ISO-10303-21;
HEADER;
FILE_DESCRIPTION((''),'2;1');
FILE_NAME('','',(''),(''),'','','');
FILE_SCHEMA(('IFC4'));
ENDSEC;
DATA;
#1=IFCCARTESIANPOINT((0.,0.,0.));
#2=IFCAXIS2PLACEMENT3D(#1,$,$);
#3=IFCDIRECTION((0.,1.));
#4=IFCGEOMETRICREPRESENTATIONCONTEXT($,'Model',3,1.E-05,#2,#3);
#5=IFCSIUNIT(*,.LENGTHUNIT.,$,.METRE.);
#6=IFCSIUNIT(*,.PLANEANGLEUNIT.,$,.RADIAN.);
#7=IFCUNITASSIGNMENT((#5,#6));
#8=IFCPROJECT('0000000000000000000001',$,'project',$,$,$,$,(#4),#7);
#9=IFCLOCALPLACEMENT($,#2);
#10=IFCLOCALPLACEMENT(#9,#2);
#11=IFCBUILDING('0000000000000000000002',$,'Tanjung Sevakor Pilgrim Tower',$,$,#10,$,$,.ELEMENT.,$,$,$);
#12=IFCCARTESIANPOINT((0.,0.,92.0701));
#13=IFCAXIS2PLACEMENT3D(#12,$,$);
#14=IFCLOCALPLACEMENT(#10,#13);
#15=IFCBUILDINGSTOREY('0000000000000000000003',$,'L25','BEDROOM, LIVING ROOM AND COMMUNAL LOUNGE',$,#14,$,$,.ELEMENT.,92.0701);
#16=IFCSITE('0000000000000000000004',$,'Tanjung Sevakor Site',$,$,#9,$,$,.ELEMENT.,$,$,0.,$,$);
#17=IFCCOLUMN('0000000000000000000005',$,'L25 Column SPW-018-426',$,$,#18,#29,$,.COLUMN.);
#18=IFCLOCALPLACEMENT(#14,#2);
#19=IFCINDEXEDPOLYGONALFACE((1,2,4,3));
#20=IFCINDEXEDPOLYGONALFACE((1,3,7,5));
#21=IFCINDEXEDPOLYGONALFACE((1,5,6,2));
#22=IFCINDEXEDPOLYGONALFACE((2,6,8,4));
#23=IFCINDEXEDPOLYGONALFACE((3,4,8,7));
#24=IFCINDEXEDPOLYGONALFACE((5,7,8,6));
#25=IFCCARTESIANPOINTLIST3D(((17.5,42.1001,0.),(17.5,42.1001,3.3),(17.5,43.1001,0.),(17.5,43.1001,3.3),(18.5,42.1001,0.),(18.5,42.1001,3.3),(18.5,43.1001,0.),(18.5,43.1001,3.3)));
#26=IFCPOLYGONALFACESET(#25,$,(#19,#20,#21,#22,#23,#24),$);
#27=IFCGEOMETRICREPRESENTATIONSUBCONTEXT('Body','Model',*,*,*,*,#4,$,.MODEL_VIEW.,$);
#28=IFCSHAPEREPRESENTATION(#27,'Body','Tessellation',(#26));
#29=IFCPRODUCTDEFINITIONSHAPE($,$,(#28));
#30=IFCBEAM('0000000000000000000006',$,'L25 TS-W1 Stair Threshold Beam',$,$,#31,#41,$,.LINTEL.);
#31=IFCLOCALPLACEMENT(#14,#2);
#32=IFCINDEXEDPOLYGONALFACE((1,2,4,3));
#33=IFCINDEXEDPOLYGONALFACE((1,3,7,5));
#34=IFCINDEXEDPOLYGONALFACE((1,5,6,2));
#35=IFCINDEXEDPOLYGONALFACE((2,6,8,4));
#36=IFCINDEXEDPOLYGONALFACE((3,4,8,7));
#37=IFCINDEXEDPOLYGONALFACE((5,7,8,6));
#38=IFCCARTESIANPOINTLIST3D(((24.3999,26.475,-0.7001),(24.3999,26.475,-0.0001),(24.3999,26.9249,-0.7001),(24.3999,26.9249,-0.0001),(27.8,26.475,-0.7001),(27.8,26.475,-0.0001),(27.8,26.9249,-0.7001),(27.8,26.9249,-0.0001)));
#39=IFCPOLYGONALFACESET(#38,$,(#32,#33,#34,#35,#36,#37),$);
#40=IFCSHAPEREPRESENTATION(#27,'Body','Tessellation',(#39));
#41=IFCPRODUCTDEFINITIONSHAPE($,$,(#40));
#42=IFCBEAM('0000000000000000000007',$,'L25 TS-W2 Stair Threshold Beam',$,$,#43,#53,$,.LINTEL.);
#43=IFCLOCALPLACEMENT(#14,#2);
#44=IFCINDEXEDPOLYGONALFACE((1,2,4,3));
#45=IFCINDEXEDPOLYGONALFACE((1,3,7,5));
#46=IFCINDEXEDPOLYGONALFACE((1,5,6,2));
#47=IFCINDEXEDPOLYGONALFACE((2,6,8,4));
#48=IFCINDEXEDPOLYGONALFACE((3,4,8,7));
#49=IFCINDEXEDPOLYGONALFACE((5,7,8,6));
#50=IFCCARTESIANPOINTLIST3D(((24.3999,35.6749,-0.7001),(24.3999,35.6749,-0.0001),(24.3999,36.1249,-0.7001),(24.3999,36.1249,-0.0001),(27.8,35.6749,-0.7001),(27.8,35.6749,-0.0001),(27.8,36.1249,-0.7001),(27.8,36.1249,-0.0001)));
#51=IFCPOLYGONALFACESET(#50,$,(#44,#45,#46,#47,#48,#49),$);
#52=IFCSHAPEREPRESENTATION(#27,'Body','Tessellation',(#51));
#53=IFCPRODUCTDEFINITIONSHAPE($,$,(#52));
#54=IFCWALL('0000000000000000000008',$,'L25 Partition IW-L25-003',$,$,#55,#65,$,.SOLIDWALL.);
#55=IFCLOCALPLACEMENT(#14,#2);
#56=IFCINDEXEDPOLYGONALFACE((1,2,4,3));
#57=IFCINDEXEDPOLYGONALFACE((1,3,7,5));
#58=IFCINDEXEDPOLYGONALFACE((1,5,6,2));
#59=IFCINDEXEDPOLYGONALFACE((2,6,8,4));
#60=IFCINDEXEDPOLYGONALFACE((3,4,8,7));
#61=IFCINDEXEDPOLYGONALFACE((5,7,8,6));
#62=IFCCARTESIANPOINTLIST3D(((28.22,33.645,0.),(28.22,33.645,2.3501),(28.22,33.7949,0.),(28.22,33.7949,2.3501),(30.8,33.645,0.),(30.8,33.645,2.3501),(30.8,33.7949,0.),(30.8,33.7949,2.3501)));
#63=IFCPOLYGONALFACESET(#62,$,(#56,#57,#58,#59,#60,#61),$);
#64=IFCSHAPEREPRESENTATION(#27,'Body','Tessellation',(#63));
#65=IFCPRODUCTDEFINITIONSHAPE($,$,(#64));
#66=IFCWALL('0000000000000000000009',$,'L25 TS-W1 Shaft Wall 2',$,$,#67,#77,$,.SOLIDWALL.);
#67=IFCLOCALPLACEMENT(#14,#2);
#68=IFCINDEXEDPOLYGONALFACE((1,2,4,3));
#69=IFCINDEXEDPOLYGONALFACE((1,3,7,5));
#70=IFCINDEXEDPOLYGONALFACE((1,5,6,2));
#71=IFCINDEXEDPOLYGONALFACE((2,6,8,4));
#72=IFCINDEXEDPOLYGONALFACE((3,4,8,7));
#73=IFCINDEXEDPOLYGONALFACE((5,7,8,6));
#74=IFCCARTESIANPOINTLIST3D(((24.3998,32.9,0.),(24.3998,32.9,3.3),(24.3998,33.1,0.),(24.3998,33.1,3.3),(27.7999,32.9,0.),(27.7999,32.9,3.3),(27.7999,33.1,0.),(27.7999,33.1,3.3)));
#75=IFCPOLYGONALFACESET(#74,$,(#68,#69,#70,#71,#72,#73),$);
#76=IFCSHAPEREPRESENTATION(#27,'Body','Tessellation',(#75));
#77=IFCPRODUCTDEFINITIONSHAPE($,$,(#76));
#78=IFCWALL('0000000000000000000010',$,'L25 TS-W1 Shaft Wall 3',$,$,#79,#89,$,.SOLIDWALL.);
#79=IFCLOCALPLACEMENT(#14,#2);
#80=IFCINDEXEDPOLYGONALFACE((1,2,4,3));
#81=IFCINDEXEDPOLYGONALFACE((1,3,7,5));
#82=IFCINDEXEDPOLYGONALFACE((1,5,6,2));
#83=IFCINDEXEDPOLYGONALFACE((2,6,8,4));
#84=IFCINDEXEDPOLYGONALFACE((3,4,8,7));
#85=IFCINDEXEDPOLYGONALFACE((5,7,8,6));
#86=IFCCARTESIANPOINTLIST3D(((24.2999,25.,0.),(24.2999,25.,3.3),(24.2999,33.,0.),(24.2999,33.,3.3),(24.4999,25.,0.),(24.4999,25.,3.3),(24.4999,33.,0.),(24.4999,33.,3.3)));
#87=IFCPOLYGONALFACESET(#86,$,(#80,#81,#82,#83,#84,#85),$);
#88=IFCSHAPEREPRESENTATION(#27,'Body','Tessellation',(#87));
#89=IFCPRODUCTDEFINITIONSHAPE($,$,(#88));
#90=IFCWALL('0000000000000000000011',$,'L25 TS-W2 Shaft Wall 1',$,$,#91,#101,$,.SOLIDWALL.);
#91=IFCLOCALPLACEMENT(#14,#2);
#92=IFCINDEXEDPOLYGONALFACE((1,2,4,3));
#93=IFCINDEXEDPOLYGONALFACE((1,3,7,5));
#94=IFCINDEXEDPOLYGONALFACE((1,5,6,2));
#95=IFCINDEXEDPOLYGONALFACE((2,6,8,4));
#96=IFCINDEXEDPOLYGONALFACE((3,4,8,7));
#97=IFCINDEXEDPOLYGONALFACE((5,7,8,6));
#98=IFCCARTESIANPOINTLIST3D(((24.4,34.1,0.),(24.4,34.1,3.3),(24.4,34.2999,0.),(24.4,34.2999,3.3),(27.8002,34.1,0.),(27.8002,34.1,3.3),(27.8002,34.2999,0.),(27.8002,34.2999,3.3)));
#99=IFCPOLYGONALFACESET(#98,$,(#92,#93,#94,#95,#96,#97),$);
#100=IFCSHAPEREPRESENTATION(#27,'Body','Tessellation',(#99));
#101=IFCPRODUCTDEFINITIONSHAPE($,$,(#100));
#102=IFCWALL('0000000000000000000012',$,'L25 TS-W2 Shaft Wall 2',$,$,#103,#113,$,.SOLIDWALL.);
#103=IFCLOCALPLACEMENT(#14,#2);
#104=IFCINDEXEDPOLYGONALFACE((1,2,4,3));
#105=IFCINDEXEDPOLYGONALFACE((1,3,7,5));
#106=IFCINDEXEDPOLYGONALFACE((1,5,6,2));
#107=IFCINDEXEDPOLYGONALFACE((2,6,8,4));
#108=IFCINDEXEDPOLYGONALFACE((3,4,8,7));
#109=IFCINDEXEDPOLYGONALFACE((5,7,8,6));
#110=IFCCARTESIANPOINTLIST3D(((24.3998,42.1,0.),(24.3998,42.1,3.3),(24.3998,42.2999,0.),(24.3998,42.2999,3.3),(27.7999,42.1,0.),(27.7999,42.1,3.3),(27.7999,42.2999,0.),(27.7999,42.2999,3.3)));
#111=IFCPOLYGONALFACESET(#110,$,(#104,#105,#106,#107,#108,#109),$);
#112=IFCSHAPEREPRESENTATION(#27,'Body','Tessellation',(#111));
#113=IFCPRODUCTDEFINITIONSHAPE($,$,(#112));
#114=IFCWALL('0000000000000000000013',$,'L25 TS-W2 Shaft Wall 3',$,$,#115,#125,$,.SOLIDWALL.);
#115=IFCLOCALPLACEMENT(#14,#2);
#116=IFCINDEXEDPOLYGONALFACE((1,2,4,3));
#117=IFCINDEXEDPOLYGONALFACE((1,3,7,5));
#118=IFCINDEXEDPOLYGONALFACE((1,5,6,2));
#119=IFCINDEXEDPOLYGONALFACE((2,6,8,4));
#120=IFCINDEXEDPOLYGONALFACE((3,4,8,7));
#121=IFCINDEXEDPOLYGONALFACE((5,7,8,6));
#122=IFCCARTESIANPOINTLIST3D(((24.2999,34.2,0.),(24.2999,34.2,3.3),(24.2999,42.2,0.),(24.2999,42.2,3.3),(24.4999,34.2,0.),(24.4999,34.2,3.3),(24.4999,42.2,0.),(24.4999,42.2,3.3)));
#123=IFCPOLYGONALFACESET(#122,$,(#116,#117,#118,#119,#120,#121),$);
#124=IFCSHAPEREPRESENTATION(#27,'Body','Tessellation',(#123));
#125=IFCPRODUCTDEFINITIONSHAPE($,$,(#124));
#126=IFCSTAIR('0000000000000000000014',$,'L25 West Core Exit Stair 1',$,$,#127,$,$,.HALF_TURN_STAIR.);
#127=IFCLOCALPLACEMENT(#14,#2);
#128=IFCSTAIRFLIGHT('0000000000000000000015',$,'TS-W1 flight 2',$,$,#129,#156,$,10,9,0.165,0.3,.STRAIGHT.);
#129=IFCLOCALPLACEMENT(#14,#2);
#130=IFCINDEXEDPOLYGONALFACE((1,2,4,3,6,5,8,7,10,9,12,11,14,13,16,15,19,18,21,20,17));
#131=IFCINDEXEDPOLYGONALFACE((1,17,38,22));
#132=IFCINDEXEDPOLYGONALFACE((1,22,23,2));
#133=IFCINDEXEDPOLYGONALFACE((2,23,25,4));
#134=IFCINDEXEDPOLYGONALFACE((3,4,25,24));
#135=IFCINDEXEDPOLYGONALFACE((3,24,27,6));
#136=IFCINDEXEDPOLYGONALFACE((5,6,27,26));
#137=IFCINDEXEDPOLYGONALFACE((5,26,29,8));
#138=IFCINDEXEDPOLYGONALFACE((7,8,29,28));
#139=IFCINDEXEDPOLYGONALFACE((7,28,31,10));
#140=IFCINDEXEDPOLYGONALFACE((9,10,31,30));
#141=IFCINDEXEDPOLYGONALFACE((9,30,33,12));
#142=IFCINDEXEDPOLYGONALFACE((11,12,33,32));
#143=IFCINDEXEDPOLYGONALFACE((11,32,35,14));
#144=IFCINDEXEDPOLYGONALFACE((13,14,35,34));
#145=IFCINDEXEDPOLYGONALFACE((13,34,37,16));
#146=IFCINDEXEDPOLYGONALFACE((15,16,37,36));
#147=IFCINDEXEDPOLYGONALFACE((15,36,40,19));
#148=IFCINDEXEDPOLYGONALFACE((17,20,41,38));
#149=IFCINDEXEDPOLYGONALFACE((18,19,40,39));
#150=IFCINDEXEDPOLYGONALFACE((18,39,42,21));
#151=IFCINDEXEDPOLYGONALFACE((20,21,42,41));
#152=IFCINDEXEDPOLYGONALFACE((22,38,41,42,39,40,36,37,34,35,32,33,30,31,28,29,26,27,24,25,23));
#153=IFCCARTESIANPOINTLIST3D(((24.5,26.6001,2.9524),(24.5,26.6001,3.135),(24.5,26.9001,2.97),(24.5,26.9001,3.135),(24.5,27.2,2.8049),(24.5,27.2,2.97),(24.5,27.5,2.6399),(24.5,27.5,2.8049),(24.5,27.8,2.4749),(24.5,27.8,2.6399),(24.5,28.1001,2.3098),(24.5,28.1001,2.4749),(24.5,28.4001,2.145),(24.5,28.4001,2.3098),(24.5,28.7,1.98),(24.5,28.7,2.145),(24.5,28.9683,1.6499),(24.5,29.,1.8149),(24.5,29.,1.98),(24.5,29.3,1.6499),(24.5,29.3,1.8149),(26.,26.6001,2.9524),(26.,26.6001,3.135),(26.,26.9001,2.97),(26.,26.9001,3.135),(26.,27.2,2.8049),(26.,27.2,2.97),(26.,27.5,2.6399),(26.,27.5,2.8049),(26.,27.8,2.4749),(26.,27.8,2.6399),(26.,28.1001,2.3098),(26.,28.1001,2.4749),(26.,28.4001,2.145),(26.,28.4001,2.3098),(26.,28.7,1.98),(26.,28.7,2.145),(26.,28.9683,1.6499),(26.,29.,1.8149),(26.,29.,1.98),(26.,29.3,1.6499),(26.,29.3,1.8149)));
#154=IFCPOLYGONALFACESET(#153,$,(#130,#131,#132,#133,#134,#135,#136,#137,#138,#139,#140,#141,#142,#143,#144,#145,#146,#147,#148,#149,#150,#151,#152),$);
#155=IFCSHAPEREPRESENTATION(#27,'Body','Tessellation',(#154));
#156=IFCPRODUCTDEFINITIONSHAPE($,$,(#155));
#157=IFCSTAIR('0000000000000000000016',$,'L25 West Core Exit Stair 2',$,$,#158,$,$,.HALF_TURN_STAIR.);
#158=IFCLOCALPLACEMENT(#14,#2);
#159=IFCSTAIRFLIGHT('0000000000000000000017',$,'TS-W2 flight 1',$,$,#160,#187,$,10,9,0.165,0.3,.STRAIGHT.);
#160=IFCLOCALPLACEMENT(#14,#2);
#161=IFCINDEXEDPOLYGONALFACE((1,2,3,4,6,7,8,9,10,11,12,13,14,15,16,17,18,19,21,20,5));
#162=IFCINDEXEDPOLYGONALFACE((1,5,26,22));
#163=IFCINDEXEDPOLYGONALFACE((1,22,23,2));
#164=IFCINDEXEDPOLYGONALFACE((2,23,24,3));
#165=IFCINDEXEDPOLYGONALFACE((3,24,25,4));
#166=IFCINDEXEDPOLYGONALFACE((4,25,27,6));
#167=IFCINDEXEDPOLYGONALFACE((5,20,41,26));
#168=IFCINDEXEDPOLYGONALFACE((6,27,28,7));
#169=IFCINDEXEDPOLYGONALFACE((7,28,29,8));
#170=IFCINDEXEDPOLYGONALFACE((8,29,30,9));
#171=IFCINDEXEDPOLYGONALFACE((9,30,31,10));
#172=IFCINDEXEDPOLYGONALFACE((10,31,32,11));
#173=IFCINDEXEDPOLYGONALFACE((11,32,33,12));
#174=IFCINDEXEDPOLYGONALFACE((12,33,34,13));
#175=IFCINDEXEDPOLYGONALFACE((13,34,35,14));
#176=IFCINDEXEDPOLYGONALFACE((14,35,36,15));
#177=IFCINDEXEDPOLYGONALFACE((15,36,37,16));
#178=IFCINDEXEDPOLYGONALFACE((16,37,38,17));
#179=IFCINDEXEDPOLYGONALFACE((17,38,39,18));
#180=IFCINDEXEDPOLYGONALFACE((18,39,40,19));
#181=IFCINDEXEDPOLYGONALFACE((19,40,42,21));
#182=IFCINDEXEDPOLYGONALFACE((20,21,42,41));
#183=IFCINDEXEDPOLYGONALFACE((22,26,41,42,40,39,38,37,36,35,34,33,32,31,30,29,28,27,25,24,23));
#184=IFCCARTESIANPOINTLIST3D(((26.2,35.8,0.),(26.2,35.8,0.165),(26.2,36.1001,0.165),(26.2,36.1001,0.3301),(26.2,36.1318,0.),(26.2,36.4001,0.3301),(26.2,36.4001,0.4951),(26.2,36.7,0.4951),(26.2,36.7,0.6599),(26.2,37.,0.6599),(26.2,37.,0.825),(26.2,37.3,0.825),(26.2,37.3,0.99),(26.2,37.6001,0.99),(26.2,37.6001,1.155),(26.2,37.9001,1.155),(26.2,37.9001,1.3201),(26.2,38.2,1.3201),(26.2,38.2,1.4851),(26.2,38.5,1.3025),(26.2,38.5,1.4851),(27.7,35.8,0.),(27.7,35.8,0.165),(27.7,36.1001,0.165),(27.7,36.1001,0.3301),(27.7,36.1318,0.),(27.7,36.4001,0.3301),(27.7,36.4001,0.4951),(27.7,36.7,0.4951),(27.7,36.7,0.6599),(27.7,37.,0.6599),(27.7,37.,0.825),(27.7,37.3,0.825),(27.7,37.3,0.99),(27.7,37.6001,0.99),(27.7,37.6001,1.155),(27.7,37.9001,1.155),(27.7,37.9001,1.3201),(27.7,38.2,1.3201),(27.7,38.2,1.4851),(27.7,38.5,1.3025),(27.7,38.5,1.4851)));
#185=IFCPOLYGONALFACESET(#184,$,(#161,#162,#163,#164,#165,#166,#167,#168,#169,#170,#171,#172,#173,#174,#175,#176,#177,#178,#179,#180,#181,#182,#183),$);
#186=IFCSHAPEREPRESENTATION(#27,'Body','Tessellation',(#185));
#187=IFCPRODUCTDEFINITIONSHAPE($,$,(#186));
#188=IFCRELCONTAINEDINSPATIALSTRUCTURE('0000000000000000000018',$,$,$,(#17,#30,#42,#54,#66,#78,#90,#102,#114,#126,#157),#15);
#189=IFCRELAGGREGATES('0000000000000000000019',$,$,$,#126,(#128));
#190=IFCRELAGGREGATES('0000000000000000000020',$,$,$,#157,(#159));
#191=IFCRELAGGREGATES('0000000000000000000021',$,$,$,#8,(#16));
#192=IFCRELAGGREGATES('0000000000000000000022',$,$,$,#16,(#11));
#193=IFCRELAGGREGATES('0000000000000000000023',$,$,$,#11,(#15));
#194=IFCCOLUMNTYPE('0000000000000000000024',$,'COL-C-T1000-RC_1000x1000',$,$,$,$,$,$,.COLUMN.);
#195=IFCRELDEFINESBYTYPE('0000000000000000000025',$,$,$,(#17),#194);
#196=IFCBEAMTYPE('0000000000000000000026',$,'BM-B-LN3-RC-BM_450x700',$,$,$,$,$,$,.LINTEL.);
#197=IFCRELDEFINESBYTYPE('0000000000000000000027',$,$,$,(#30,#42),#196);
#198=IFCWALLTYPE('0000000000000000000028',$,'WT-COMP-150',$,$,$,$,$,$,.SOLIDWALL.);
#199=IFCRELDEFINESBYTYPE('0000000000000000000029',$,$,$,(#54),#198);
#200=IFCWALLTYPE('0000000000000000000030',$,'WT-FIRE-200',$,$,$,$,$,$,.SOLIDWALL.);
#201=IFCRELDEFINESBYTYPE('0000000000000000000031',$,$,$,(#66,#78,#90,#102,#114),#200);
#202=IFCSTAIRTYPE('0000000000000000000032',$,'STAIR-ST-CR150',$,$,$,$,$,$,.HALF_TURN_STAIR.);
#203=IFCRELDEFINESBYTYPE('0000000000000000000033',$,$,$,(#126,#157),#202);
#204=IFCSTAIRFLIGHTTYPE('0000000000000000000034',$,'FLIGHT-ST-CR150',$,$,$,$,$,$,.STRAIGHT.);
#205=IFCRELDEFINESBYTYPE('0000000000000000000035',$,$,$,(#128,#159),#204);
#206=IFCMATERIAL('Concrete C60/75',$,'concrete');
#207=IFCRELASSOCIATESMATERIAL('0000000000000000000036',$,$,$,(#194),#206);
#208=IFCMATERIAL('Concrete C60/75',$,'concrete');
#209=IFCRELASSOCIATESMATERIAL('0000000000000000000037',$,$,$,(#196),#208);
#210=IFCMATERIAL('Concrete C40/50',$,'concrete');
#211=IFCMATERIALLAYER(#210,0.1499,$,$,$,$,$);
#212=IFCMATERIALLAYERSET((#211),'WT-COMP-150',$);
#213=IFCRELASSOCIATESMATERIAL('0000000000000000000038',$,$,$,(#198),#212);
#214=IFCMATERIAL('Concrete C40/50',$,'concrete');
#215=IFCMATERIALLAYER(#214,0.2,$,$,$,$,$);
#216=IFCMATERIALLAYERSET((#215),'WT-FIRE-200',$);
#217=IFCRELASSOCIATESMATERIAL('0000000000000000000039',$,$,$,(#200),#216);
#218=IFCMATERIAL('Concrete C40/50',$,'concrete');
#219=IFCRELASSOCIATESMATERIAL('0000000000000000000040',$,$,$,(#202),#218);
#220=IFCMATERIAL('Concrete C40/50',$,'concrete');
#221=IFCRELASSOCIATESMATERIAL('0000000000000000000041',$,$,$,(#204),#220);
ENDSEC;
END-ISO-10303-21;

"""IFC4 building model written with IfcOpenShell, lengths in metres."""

from ifc_helpers import new_model, si_unit, direction, frame, frame_2d, origin, origin_2d, place, context, subcontext, project, spatial, polyline, rectangle, outline, extrude, material, layer, layer_set, material_profile, profile_set, type_object, element, aggregate, save


model = new_model("IFC4")

# Units and contexts
model_context = context("Model", 3, precision=1e-05, world=origin(), true_north=direction((0.0, 1.0)))
body_context = subcontext(model_context, "Body", "Model", "MODEL_VIEW")
ifc_project = project(units=[si_unit("LENGTHUNIT", "METRE"), si_unit("PLANEANGLEUNIT", "RADIAN")], contexts=[model_context])

# Site, building, storey
site_placement = place(None, origin())
site = spatial("IfcSite", under=ifc_project, at=site_placement, Name="Tanjung Sevakor Site", CompositionType="ELEMENT", RefElevation=0.0)
building_placement = place(site_placement, origin())
building = spatial("IfcBuilding", under=site, at=building_placement, Name="Tanjung Sevakor Pilgrim Tower", CompositionType="ELEMENT")
storey_placement = place(building_placement, frame((0.0, 0.0, 92.0701)))
storey = spatial("IfcBuildingStorey", under=building, at=storey_placement, Name="L25", Description="BEDROOM, LIVING ROOM AND COMMUNAL LOUNGE", CompositionType="ELEMENT", Elevation=92.0701)

# Column
ifc_material_1 = material(Name="Concrete C60/75", Category="concrete")
ifc_material_profile_1 = material_profile(ifc_material_1, rectangle(XDim=1.0, YDim=1.0, at=origin_2d()))
ifc_profile_set_1 = profile_set([ifc_material_profile_1], Name="Concrete C60/75")
column_type = type_object("IfcColumnType", Name="COL-C-T1000-RC_1000x1000", PredefinedType="COLUMN", material=ifc_profile_set_1)
column_placement = place(storey_placement, frame((18.0, 42.6001, 0.0), z_axis=(0.0, 0.0, 1.0), x_axis=(1.0, 0.0, 0.0)))
element("IfcColumn", 1, at=column_placement, inside=storey, type_object=column_type, Name="L25 Column SPW-018-426", PredefinedType="COLUMN", context=body_context, shape_type="SweptSolid", body=[
    extrude(rectangle(XDim=1.0, YDim=1.0, at=origin_2d()), origin(), (0.0, 0.0, 1.0), 3.3),
])

# Beams
ifc_material_2 = material(Name="Concrete C60/75", Category="concrete")
ifc_material_profile_2 = material_profile(ifc_material_2, rectangle(XDim=0.45, YDim=0.7, at=origin_2d()))
ifc_profile_set_2 = profile_set([ifc_material_profile_2], Name="Concrete C60/75")
beam_type = type_object("IfcBeamType", Name="BM-B-LN3-RC-BM_450x700", PredefinedType="LINTEL", material=ifc_profile_set_2)
for number, where, z_axis, x_axis, name in (
    (2, (24.3999, 26.7, -0.3501), (1.0, 0.0, 0.0), (0.0, 1.0, 0.0), "L25 TS-W1 Stair Threshold Beam"),
    (3, (24.3999, 35.8999, -0.3501), (1.0, 0.0, 0.0), (0.0, 1.0, 0.0), "L25 TS-W2 Stair Threshold Beam"),
):
    element("IfcBeam", number, at=place(storey_placement, frame(where, z_axis=z_axis, x_axis=x_axis)), inside=storey, type_object=beam_type, Name=name, PredefinedType="LINTEL", context=body_context, shape_type="SweptSolid", body=[
        extrude(rectangle(XDim=0.45, YDim=0.7, at=origin_2d()), origin(), (0.0, 0.0, 1.0), 3.4001),
    ])

# Walls
ifc_material_3 = material(Name="Concrete C40/50", Category="concrete")
ifc_layer_1 = layer(ifc_material_3, 0.1499)
ifc_layer_set_1 = layer_set([ifc_layer_1], Name="WT-COMP-150")
wall_type_1 = type_object("IfcWallType", Name="WT-COMP-150", PredefinedType="SOLIDWALL", material=ifc_layer_set_1)
wall_1_placement = place(storey_placement, frame((28.22, 33.72, 0.0), z_axis=(0.0, 0.0, 1.0), x_axis=(1.0, 0.0, 0.0)))
element("IfcWall", 4, at=wall_1_placement, inside=storey, type_object=wall_type_1, Name="L25 Partition IW-L25-003", PredefinedType="SOLIDWALL", context=body_context, shape_type="SweptSolid", body=[
    extrude(rectangle(XDim=2.5801, YDim=0.1499, at=frame_2d((1.29, 0.0))), origin(), (0.0, 0.0, 1.0), 2.3501),
])
ifc_material_4 = material(Name="Concrete C40/50", Category="concrete")
ifc_layer_2 = layer(ifc_material_4, 0.2)
ifc_layer_set_2 = layer_set([ifc_layer_2], Name="WT-FIRE-200")
wall_type_2 = type_object("IfcWallType", Name="WT-FIRE-200", PredefinedType="SOLIDWALL", material=ifc_layer_set_2)
wall_2_placement = place(storey_placement, frame((27.8, 33.0, 0.0), z_axis=(0.0, 0.0, 1.0), x_axis=(-1.0, 0.0, 0.0)))
element("IfcWall", 5, at=wall_2_placement, inside=storey, type_object=wall_type_2, Name="L25 TS-W1 Shaft Wall 2", PredefinedType="SOLIDWALL", context=body_context, shape_type="SweptSolid", body=[
    extrude(rectangle(XDim=3.4001, YDim=0.2, at=frame_2d((1.7002, 0.0))), origin(), (0.0, 0.0, 1.0), 3.3),
])
wall_3_placement = place(storey_placement, frame((24.3999, 33.0, 0.0), z_axis=(0.0, 0.0, 1.0), x_axis=(0.0, -1.0, 0.0)))
element("IfcWall", 6, at=wall_3_placement, inside=storey, type_object=wall_type_2, Name="L25 TS-W1 Shaft Wall 3", PredefinedType="SOLIDWALL", context=body_context, shape_type="SweptSolid", body=[
    extrude(rectangle(XDim=8.0, YDim=0.2, at=frame_2d((4.0, 0.0))), origin(), (0.0, 0.0, 1.0), 3.3),
])
for number, where, z_axis, x_axis, name in (
    (7, (24.3999, 34.2, 0.0), (0.0, 0.0, 1.0), (1.0, 0.0, 0.0), "L25 TS-W2 Shaft Wall 1"),
    (8, (27.8, 42.2, 0.0), (0.0, 0.0, 1.0), (-1.0, 0.0, 0.0), "L25 TS-W2 Shaft Wall 2"),
):
    element("IfcWall", number, at=place(storey_placement, frame(where, z_axis=z_axis, x_axis=x_axis)), inside=storey, type_object=wall_type_2, Name=name, PredefinedType="SOLIDWALL", context=body_context, shape_type="SweptSolid", body=[
        extrude(rectangle(XDim=3.4001, YDim=0.2, at=frame_2d((1.7002, 0.0))), origin(), (0.0, 0.0, 1.0), 3.3),
    ])
wall_4_placement = place(storey_placement, frame((24.3999, 42.2, 0.0), z_axis=(0.0, 0.0, 1.0), x_axis=(0.0, -1.0, 0.0)))
element("IfcWall", 9, at=wall_4_placement, inside=storey, type_object=wall_type_2, Name="L25 TS-W2 Shaft Wall 3", PredefinedType="SOLIDWALL", context=body_context, shape_type="SweptSolid", body=[
    extrude(rectangle(XDim=8.0, YDim=0.2, at=frame_2d((4.0, 0.0))), origin(), (0.0, 0.0, 1.0), 3.3),
])

# Stair, stair flight
ifc_material_5 = material(Name="Concrete C40/50", Category="concrete")
stair_type = type_object("IfcStairType", Name="STAIR-ST-CR150", PredefinedType="HALF_TURN_STAIR", material=ifc_material_5)
stair_1_placement = place(storey_placement, origin())
stair_1 = element("IfcStair", 10, at=stair_1_placement, inside=storey, type_object=stair_type, Name="L25 West Core Exit Stair 1", PredefinedType="HALF_TURN_STAIR")
ifc_material_6 = material(Name="Concrete C40/50", Category="concrete")
stair_flight_type = type_object("IfcStairFlightType", Name="FLIGHT-ST-CR150", PredefinedType="STRAIGHT", material=ifc_material_6)
stair_flight_1_placement = place(storey_placement, frame((25.25, 29.3, 1.6499), z_axis=(0.0, 0.0, 1.0), x_axis=(0.0, -1.0, 0.0)))
stair_flight_1 = element("IfcStairFlight", 11, at=stair_flight_1_placement, type_object=stair_flight_type, Name="TS-W1 flight 2", NumberOfRisers=10, NumberOfTreads=9, PredefinedType="STRAIGHT", RiserHeight=0.165, TreadLength=0.3, context=body_context, shape_type="SweptSolid", body=[
    extrude(outline(polyline([(0.0, 0.0), (0.0, 0.165), (0.3, 0.165), (0.3, 0.3301), (0.6001, 0.3301), (0.6001, 0.4951), (0.8999, 0.4951), (0.8999, 0.6599), (1.2, 0.6599), (1.2, 0.825), (1.5, 0.825), (1.5, 0.99), (1.8, 0.99), (1.8, 1.155), (2.1001, 1.155), (2.1001, 1.3201), (2.3999, 1.3201), (2.3999, 1.4851), (2.7, 1.4851), (2.7, 1.6499), (2.7, 1.3025), (0.3318, 0.0), (0.0, 0.0)])), frame((0.0, 0.75, 0.0), z_axis=(0.0, -1.0, 0.0), x_axis=(1.0, 0.0, 0.0)), (0.0, 0.0, 1.0), 1.5),
])
aggregate(stair_1, [stair_flight_1])

# Stair, stair flight
stair_2_placement = place(storey_placement, origin())
stair_2 = element("IfcStair", 12, at=stair_2_placement, inside=storey, type_object=stair_type, Name="L25 West Core Exit Stair 2", PredefinedType="HALF_TURN_STAIR")
stair_flight_2_placement = place(storey_placement, frame((26.95, 35.8, 0.0), z_axis=(0.0, 0.0, 1.0), x_axis=(0.0, 1.0, 0.0)))
stair_flight_2 = element("IfcStairFlight", 13, at=stair_flight_2_placement, type_object=stair_flight_type, Name="TS-W2 flight 1", NumberOfRisers=10, NumberOfTreads=9, PredefinedType="STRAIGHT", RiserHeight=0.165, TreadLength=0.3, context=body_context, shape_type="SweptSolid", body=[
    extrude(outline(polyline([(0.0, 0.0), (0.0, 0.165), (0.3, 0.165), (0.3, 0.3301), (0.6001, 0.3301), (0.6001, 0.4951), (0.8999, 0.4951), (0.8999, 0.6599), (1.2, 0.6599), (1.2, 0.825), (1.5, 0.825), (1.5, 0.99), (1.8, 0.99), (1.8, 1.155), (2.1001, 1.155), (2.1001, 1.3201), (2.3999, 1.3201), (2.3999, 1.4851), (2.7, 1.4851), (2.7, 1.6499), (2.7, 1.3025), (0.3318, 0.0), (0.0, 0.0)])), frame((0.0, 0.75, 0.0), z_axis=(0.0, -1.0, 0.0), x_axis=(1.0, 0.0, 0.0)), (0.0, 0.0, 1.0), 1.5),
])
aggregate(stair_2, [stair_flight_2])

save(model, "model.ifc")
